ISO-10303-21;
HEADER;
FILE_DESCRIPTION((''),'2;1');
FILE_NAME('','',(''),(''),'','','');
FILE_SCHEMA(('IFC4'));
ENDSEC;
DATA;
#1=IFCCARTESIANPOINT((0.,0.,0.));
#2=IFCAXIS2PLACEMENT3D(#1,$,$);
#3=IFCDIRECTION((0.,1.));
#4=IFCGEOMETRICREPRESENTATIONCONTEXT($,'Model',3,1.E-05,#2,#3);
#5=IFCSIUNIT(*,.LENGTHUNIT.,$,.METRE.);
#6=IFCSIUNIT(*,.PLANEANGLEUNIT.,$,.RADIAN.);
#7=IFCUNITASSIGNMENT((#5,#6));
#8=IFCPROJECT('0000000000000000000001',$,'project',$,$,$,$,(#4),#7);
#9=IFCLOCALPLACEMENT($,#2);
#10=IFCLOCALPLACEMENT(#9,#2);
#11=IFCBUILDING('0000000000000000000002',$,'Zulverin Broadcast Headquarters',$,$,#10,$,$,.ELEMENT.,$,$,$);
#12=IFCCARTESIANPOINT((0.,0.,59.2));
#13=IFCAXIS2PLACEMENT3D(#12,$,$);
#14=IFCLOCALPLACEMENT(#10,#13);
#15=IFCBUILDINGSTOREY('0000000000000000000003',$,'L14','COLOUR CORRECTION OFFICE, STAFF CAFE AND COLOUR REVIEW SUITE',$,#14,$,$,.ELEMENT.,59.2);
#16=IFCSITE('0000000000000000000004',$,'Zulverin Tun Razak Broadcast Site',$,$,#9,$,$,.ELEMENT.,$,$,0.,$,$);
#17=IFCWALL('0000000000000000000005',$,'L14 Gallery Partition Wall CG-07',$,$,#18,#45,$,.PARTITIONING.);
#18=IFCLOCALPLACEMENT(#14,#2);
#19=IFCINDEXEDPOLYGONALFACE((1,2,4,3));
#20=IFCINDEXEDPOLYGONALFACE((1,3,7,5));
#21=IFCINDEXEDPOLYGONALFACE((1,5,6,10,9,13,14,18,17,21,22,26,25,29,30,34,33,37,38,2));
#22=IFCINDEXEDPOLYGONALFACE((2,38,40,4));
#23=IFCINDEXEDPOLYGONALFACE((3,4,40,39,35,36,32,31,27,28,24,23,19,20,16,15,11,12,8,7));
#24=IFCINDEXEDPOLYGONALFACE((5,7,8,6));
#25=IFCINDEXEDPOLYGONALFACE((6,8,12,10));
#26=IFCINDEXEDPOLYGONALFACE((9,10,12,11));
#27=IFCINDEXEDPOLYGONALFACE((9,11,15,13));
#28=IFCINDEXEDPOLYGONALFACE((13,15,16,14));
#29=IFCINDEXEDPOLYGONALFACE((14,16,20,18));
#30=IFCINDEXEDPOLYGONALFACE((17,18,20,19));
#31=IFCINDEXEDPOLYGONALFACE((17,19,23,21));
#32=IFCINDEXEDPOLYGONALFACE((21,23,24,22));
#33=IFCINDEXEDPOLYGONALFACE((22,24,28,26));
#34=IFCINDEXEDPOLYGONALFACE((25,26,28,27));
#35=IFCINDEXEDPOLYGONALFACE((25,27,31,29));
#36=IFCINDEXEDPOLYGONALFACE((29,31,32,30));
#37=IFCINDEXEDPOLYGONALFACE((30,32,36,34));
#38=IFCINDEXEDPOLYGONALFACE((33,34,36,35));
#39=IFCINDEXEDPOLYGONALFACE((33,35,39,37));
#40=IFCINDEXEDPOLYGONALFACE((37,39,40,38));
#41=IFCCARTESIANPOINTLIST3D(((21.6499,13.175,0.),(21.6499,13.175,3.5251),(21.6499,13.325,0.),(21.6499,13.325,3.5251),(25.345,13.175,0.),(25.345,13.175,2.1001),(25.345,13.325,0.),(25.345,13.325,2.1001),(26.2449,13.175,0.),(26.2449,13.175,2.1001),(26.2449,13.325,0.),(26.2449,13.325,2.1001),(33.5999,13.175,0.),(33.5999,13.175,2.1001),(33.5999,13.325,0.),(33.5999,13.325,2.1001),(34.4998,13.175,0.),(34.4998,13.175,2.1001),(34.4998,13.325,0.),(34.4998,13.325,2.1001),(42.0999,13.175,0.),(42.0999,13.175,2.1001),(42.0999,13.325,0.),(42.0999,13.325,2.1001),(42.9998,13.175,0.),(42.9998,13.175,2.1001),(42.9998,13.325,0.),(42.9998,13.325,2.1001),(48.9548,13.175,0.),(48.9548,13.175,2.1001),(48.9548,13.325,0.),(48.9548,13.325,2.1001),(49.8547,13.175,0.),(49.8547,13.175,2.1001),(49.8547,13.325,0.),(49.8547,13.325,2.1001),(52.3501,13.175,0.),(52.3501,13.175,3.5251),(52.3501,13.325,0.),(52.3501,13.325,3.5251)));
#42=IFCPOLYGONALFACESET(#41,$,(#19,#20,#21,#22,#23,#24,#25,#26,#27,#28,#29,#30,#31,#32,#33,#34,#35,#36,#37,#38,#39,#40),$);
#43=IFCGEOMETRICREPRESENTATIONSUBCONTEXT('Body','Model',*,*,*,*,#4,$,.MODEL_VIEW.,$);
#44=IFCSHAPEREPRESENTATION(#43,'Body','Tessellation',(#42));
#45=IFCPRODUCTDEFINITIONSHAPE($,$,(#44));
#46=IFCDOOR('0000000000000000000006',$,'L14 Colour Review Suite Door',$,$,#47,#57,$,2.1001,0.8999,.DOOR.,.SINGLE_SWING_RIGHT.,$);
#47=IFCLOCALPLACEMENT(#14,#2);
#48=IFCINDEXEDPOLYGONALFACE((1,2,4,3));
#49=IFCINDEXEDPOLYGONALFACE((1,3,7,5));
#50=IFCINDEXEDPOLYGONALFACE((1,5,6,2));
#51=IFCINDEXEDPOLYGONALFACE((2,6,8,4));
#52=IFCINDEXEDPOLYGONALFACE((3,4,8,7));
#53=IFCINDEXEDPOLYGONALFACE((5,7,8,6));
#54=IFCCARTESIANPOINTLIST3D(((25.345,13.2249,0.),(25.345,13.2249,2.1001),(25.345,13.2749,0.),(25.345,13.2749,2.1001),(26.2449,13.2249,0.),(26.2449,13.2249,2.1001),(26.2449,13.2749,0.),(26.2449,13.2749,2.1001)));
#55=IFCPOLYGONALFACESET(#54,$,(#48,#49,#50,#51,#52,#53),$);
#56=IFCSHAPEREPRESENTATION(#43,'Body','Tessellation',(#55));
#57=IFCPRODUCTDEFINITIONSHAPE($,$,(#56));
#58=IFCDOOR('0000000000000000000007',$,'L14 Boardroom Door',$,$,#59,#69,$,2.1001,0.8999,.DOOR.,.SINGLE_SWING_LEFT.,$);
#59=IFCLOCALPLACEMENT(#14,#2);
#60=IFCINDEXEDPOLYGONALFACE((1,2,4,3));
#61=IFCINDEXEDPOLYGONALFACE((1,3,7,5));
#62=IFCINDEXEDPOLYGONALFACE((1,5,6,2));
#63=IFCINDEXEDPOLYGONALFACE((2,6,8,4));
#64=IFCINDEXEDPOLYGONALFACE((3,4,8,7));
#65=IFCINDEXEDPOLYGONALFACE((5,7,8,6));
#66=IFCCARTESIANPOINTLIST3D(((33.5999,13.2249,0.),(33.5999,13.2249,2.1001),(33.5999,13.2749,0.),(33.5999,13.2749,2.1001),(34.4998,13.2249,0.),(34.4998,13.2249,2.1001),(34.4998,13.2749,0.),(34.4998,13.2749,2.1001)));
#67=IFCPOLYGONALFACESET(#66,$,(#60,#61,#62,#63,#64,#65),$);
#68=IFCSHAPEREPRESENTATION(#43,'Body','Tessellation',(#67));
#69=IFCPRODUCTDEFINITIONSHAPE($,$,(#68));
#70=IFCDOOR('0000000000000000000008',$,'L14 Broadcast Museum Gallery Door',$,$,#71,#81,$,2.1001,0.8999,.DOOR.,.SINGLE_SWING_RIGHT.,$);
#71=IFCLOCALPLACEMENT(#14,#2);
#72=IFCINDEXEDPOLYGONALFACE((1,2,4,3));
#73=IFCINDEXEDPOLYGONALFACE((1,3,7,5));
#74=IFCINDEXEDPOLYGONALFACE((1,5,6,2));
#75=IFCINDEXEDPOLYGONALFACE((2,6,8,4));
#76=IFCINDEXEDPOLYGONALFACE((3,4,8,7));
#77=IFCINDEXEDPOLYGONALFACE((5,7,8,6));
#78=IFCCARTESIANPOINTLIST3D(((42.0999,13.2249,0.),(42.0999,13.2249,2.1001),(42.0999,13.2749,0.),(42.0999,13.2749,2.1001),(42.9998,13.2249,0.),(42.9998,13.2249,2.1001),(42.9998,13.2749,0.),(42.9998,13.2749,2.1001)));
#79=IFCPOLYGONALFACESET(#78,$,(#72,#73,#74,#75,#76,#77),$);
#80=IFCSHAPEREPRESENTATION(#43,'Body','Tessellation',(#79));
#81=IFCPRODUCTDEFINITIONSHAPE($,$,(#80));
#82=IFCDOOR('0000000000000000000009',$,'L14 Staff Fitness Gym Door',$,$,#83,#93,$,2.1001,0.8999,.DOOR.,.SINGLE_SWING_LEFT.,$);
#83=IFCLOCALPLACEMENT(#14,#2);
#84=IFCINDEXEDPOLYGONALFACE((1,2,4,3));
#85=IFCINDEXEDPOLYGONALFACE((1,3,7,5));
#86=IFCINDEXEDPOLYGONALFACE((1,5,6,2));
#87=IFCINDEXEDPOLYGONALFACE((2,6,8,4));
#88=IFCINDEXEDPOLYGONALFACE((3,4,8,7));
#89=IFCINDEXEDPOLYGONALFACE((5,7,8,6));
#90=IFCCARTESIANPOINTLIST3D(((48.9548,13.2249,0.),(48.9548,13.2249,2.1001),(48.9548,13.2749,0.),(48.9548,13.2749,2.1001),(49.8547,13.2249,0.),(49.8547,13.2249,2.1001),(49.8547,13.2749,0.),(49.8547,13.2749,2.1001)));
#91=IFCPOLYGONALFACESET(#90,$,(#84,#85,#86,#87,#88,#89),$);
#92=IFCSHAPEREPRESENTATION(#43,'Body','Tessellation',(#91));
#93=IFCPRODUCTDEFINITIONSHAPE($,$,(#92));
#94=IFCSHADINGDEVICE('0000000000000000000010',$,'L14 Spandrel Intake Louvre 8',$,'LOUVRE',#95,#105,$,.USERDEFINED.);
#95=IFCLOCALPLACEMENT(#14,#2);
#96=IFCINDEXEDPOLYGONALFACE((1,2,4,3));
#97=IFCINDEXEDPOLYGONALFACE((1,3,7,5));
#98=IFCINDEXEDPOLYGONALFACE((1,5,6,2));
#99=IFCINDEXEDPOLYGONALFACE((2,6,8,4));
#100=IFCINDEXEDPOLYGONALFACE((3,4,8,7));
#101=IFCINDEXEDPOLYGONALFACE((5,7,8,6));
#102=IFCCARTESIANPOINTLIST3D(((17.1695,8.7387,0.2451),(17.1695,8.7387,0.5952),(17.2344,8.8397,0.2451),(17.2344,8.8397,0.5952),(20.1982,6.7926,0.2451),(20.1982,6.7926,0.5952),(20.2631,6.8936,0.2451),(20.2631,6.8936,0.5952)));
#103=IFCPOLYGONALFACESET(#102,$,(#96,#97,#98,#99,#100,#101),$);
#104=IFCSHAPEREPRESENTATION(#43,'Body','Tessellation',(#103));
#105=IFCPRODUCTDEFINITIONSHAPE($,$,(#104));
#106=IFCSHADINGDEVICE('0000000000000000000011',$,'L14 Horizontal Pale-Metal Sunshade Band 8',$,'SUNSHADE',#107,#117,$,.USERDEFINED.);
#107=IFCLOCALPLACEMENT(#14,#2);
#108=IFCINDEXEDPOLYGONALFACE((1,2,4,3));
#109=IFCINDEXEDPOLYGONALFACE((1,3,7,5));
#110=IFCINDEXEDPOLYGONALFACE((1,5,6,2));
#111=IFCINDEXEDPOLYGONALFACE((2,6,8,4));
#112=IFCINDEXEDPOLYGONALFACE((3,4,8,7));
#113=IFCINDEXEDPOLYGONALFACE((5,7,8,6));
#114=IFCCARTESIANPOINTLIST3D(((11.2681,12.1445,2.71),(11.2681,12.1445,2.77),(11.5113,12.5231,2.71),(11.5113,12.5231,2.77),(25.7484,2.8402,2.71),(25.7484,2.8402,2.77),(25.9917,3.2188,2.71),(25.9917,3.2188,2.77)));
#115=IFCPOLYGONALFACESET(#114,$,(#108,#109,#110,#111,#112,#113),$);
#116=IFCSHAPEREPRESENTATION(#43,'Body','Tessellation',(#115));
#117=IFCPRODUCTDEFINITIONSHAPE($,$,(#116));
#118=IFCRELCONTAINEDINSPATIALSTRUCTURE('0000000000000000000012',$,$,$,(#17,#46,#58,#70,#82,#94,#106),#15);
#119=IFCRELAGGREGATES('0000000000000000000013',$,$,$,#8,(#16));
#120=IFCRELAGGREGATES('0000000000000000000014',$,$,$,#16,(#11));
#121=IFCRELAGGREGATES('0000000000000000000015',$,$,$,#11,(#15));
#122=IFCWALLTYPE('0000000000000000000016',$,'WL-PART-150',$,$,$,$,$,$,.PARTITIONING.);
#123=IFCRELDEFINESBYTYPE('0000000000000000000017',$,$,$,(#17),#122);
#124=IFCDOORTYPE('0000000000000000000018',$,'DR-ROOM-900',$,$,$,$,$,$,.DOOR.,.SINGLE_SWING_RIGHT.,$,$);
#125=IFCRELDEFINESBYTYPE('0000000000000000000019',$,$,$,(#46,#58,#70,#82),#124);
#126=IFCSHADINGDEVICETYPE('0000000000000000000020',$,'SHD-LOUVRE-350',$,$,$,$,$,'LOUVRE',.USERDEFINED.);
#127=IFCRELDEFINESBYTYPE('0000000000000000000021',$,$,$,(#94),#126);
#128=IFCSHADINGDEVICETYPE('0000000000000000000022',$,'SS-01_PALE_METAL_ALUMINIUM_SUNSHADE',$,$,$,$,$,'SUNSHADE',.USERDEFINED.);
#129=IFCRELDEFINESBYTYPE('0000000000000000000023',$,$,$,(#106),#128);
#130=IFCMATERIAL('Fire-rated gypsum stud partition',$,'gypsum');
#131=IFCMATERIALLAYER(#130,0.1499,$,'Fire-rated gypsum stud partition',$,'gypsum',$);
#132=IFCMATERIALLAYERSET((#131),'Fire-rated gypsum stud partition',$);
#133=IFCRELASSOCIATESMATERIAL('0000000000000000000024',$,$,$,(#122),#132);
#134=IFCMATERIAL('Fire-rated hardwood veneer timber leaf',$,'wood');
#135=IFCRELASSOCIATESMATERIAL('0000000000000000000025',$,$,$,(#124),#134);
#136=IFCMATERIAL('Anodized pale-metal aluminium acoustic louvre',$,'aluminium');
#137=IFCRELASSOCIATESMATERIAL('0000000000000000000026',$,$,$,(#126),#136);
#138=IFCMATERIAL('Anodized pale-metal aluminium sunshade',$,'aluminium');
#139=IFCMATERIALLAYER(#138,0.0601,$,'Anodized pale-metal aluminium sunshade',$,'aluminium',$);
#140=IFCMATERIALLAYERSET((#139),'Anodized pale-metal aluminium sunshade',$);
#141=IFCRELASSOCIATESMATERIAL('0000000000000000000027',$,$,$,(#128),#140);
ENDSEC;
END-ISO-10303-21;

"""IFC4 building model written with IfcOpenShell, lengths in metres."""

from ifc_helpers import new_model, si_unit, direction, frame, frame_2d, origin, origin_2d, place, context, subcontext, project, spatial, rectangle, extrude, material, layer, layer_set, type_object, element, fill, save


model = new_model("IFC4")

# Units and contexts
model_context = context("Model", 3, precision=1e-05, world=origin(), true_north=direction((0.0, 1.0)))
body_context = subcontext(model_context, "Body", "Model", "MODEL_VIEW")
ifc_project = project(units=[si_unit("LENGTHUNIT", "METRE"), si_unit("PLANEANGLEUNIT", "RADIAN")], contexts=[model_context])

# Site, building, storey
site_placement = place(None, origin())
site = spatial("IfcSite", under=ifc_project, at=site_placement, Name="Zulverin Tun Razak Broadcast Site", CompositionType="ELEMENT", RefElevation=0.0)
building_placement = place(site_placement, origin())
building = spatial("IfcBuilding", under=site, at=building_placement, Name="Zulverin Broadcast Headquarters", CompositionType="ELEMENT")
storey_placement = place(building_placement, frame((0.0, 0.0, 59.2)))
storey = spatial("IfcBuildingStorey", under=building, at=storey_placement, Name="L14", Description="COLOUR CORRECTION OFFICE, STAFF CAFE AND COLOUR REVIEW SUITE", CompositionType="ELEMENT", Elevation=59.2)

# Wall, openings, doors
ifc_material_1 = material(Name="Fire-rated gypsum stud partition", Category="gypsum")
ifc_layer_1 = layer(ifc_material_1, 0.1499, Name="Fire-rated gypsum stud partition", Category="gypsum")
ifc_layer_set_1 = layer_set([ifc_layer_1], Name="Fire-rated gypsum stud partition")
wall_type_1 = type_object("IfcWallType", Name="WL-PART-150", PredefinedType="PARTITIONING", material=ifc_layer_set_1)
ifc_material_2 = material(Name="Fire-rated hardwood veneer timber leaf", Category="wood")
door_type = type_object("IfcDoorType", Name="DR-ROOM-900", OperationType="SINGLE_SWING_RIGHT", PredefinedType="DOOR", material=ifc_material_2)
wall_1_placement = place(storey_placement, frame((21.6499, 13.25, 0.0), z_axis=(0.0, 0.0, 1.0), x_axis=(1.0, 0.0, 0.0)))
wall_1 = element("IfcWall", 1, at=wall_1_placement, inside=storey, type_object=wall_type_1, Name="L14 Gallery Partition Wall CG-07", PredefinedType="PARTITIONING", context=body_context, shape_type="SweptSolid", body=[
    extrude(rectangle(XDim=30.7002, YDim=0.1499, at=frame_2d((15.3501, 0.0))), origin(), (0.0, 0.0, 1.0), 3.5251),
])
opening_1_placement = place(wall_1_placement, frame((3.6951, 0.0, 0.0)))
opening_1 = element("IfcOpeningElement", 2, at=opening_1_placement, cuts=wall_1, PredefinedType="OPENING", context=body_context, shape_type="SweptSolid", body=[
    extrude(rectangle(XDim=0.8999, YDim=2.1001, at=frame_2d((0.45, 1.05))), frame((0.0, 0.085, 0.0), z_axis=(0.0, -1.0, 0.0), x_axis=(1.0, 0.0, 0.0)), (0.0, 0.0, 1.0), 0.1699),
])
opening_2_placement = place(wall_1_placement, frame((11.95, 0.0, 0.0)))
opening_2 = element("IfcOpeningElement", 3, at=opening_2_placement, cuts=wall_1, PredefinedType="OPENING", context=body_context, shape_type="SweptSolid", body=[
    extrude(rectangle(XDim=0.8999, YDim=2.1001, at=frame_2d((0.45, 1.05))), frame((0.0, 0.085, 0.0), z_axis=(0.0, -1.0, 0.0), x_axis=(1.0, 0.0, 0.0)), (0.0, 0.0, 1.0), 0.1699),
])
opening_3_placement = place(wall_1_placement, frame((20.45, 0.0, 0.0)))
opening_3 = element("IfcOpeningElement", 4, at=opening_3_placement, cuts=wall_1, PredefinedType="OPENING", context=body_context, shape_type="SweptSolid", body=[
    extrude(rectangle(XDim=0.8999, YDim=2.1001, at=frame_2d((0.45, 1.05))), frame((0.0, 0.085, 0.0), z_axis=(0.0, -1.0, 0.0), x_axis=(1.0, 0.0, 0.0)), (0.0, 0.0, 1.0), 0.1699),
])
opening_4_placement = place(wall_1_placement, frame((27.3049, 0.0, 0.0)))
opening_4 = element("IfcOpeningElement", 5, at=opening_4_placement, cuts=wall_1, PredefinedType="OPENING", context=body_context, shape_type="SweptSolid", body=[
    extrude(rectangle(XDim=0.8999, YDim=2.1001, at=frame_2d((0.45, 1.05))), frame((0.0, 0.085, 0.0), z_axis=(0.0, -1.0, 0.0), x_axis=(1.0, 0.0, 0.0)), (0.0, 0.0, 1.0), 0.1699),
])
door_1_placement = place(opening_1_placement, origin())
door_1 = element("IfcDoor", 6, at=door_1_placement, inside=storey, type_object=door_type, Name="L14 Colour Review Suite Door", OperationType="SINGLE_SWING_RIGHT", OverallHeight=2.1001, OverallWidth=0.8999, PredefinedType="DOOR", context=body_context, shape_type="SweptSolid", body=[
    extrude(rectangle(XDim=0.8999, YDim=2.1001, at=frame_2d((0.45, 1.05))), frame((0.0, 0.0249, 0.0), z_axis=(0.0, -1.0, 0.0), x_axis=(1.0, 0.0, 0.0)), (0.0, 0.0, 1.0), 0.05),
])
fill(opening_1, door_1)
door_2_placement = place(opening_2_placement, origin())
door_2 = element("IfcDoor", 7, at=door_2_placement, inside=storey, type_object=door_type, Name="L14 Boardroom Door", OperationType="SINGLE_SWING_LEFT", OverallHeight=2.1001, OverallWidth=0.8999, PredefinedType="DOOR", context=body_context, shape_type="SweptSolid", body=[
    extrude(rectangle(XDim=0.8999, YDim=2.1001, at=frame_2d((0.45, 1.05))), frame((0.0, 0.0249, 0.0), z_axis=(0.0, -1.0, 0.0), x_axis=(1.0, 0.0, 0.0)), (0.0, 0.0, 1.0), 0.05),
])
fill(opening_2, door_2)
door_3_placement = place(opening_3_placement, origin())
door_3 = element("IfcDoor", 8, at=door_3_placement, inside=storey, type_object=door_type, Name="L14 Broadcast Museum Gallery Door", OperationType="SINGLE_SWING_RIGHT", OverallHeight=2.1001, OverallWidth=0.8999, PredefinedType="DOOR", context=body_context, shape_type="SweptSolid", body=[
    extrude(rectangle(XDim=0.8999, YDim=2.1001, at=frame_2d((0.45, 1.05))), frame((0.0, 0.0249, 0.0), z_axis=(0.0, -1.0, 0.0), x_axis=(1.0, 0.0, 0.0)), (0.0, 0.0, 1.0), 0.05),
])
fill(opening_3, door_3)
door_4_placement = place(opening_4_placement, origin())
door_4 = element("IfcDoor", 9, at=door_4_placement, inside=storey, type_object=door_type, Name="L14 Staff Fitness Gym Door", OperationType="SINGLE_SWING_LEFT", OverallHeight=2.1001, OverallWidth=0.8999, PredefinedType="DOOR", context=body_context, shape_type="SweptSolid", body=[
    extrude(rectangle(XDim=0.8999, YDim=2.1001, at=frame_2d((0.45, 1.05))), frame((0.0, 0.0249, 0.0), z_axis=(0.0, -1.0, 0.0), x_axis=(1.0, 0.0, 0.0)), (0.0, 0.0, 1.0), 0.05),
])
fill(opening_4, door_4)

# Shading devices
ifc_material_3 = material(Name="Anodized pale-metal aluminium acoustic louvre", Category="aluminium")
shading_device_type_1 = type_object("IfcShadingDeviceType", Name="SHD-LOUVRE-350", ElementType="LOUVRE", PredefinedType="USERDEFINED", material=ifc_material_3)
shading_device_1_placement = place(storey_placement, frame((18.7163, 7.8162, 0.2451), z_axis=(0.0, 0.0, 1.0), x_axis=(0.841297, -0.540574, 0.0)))
element("IfcShadingDevice", 10, at=shading_device_1_placement, inside=storey, type_object=shading_device_type_1, Name="L14 Spandrel Intake Louvre 8", ObjectType="LOUVRE", PredefinedType="USERDEFINED", context=body_context, shape_type="SweptSolid", body=[
    extrude(rectangle(XDim=3.6001, YDim=0.1201, at=origin_2d()), origin(), (0.0, 0.0, 1.0), 0.3501),
])
ifc_material_4 = material(Name="Anodized pale-metal aluminium sunshade", Category="aluminium")
ifc_layer_2 = layer(ifc_material_4, 0.0601, Name="Anodized pale-metal aluminium sunshade", Category="aluminium")
ifc_layer_set_2 = layer_set([ifc_layer_2], Name="Anodized pale-metal aluminium sunshade")
shading_device_type_2 = type_object("IfcShadingDeviceType", Name="SS-01_PALE_METAL_ALUMINIUM_SUNSHADE", ElementType="SUNSHADE", PredefinedType="USERDEFINED", material=ifc_layer_set_2)
shading_device_2_placement = place(storey_placement, frame((18.6299, 7.6816, 2.71), z_axis=(0.0, 0.0, 1.0), x_axis=(0.841297, -0.540574, 0.0)))
element("IfcShadingDevice", 11, at=shading_device_2_placement, inside=storey, type_object=shading_device_type_2, Name="L14 Horizontal Pale-Metal Sunshade Band 8", ObjectType="SUNSHADE", PredefinedType="USERDEFINED", context=body_context, shape_type="SweptSolid", body=[
    extrude(rectangle(XDim=17.2119, YDim=0.45, at=origin_2d()), origin(), (0.0, 0.0, 1.0), 0.0601),
])

save(model, "model.ifc")
